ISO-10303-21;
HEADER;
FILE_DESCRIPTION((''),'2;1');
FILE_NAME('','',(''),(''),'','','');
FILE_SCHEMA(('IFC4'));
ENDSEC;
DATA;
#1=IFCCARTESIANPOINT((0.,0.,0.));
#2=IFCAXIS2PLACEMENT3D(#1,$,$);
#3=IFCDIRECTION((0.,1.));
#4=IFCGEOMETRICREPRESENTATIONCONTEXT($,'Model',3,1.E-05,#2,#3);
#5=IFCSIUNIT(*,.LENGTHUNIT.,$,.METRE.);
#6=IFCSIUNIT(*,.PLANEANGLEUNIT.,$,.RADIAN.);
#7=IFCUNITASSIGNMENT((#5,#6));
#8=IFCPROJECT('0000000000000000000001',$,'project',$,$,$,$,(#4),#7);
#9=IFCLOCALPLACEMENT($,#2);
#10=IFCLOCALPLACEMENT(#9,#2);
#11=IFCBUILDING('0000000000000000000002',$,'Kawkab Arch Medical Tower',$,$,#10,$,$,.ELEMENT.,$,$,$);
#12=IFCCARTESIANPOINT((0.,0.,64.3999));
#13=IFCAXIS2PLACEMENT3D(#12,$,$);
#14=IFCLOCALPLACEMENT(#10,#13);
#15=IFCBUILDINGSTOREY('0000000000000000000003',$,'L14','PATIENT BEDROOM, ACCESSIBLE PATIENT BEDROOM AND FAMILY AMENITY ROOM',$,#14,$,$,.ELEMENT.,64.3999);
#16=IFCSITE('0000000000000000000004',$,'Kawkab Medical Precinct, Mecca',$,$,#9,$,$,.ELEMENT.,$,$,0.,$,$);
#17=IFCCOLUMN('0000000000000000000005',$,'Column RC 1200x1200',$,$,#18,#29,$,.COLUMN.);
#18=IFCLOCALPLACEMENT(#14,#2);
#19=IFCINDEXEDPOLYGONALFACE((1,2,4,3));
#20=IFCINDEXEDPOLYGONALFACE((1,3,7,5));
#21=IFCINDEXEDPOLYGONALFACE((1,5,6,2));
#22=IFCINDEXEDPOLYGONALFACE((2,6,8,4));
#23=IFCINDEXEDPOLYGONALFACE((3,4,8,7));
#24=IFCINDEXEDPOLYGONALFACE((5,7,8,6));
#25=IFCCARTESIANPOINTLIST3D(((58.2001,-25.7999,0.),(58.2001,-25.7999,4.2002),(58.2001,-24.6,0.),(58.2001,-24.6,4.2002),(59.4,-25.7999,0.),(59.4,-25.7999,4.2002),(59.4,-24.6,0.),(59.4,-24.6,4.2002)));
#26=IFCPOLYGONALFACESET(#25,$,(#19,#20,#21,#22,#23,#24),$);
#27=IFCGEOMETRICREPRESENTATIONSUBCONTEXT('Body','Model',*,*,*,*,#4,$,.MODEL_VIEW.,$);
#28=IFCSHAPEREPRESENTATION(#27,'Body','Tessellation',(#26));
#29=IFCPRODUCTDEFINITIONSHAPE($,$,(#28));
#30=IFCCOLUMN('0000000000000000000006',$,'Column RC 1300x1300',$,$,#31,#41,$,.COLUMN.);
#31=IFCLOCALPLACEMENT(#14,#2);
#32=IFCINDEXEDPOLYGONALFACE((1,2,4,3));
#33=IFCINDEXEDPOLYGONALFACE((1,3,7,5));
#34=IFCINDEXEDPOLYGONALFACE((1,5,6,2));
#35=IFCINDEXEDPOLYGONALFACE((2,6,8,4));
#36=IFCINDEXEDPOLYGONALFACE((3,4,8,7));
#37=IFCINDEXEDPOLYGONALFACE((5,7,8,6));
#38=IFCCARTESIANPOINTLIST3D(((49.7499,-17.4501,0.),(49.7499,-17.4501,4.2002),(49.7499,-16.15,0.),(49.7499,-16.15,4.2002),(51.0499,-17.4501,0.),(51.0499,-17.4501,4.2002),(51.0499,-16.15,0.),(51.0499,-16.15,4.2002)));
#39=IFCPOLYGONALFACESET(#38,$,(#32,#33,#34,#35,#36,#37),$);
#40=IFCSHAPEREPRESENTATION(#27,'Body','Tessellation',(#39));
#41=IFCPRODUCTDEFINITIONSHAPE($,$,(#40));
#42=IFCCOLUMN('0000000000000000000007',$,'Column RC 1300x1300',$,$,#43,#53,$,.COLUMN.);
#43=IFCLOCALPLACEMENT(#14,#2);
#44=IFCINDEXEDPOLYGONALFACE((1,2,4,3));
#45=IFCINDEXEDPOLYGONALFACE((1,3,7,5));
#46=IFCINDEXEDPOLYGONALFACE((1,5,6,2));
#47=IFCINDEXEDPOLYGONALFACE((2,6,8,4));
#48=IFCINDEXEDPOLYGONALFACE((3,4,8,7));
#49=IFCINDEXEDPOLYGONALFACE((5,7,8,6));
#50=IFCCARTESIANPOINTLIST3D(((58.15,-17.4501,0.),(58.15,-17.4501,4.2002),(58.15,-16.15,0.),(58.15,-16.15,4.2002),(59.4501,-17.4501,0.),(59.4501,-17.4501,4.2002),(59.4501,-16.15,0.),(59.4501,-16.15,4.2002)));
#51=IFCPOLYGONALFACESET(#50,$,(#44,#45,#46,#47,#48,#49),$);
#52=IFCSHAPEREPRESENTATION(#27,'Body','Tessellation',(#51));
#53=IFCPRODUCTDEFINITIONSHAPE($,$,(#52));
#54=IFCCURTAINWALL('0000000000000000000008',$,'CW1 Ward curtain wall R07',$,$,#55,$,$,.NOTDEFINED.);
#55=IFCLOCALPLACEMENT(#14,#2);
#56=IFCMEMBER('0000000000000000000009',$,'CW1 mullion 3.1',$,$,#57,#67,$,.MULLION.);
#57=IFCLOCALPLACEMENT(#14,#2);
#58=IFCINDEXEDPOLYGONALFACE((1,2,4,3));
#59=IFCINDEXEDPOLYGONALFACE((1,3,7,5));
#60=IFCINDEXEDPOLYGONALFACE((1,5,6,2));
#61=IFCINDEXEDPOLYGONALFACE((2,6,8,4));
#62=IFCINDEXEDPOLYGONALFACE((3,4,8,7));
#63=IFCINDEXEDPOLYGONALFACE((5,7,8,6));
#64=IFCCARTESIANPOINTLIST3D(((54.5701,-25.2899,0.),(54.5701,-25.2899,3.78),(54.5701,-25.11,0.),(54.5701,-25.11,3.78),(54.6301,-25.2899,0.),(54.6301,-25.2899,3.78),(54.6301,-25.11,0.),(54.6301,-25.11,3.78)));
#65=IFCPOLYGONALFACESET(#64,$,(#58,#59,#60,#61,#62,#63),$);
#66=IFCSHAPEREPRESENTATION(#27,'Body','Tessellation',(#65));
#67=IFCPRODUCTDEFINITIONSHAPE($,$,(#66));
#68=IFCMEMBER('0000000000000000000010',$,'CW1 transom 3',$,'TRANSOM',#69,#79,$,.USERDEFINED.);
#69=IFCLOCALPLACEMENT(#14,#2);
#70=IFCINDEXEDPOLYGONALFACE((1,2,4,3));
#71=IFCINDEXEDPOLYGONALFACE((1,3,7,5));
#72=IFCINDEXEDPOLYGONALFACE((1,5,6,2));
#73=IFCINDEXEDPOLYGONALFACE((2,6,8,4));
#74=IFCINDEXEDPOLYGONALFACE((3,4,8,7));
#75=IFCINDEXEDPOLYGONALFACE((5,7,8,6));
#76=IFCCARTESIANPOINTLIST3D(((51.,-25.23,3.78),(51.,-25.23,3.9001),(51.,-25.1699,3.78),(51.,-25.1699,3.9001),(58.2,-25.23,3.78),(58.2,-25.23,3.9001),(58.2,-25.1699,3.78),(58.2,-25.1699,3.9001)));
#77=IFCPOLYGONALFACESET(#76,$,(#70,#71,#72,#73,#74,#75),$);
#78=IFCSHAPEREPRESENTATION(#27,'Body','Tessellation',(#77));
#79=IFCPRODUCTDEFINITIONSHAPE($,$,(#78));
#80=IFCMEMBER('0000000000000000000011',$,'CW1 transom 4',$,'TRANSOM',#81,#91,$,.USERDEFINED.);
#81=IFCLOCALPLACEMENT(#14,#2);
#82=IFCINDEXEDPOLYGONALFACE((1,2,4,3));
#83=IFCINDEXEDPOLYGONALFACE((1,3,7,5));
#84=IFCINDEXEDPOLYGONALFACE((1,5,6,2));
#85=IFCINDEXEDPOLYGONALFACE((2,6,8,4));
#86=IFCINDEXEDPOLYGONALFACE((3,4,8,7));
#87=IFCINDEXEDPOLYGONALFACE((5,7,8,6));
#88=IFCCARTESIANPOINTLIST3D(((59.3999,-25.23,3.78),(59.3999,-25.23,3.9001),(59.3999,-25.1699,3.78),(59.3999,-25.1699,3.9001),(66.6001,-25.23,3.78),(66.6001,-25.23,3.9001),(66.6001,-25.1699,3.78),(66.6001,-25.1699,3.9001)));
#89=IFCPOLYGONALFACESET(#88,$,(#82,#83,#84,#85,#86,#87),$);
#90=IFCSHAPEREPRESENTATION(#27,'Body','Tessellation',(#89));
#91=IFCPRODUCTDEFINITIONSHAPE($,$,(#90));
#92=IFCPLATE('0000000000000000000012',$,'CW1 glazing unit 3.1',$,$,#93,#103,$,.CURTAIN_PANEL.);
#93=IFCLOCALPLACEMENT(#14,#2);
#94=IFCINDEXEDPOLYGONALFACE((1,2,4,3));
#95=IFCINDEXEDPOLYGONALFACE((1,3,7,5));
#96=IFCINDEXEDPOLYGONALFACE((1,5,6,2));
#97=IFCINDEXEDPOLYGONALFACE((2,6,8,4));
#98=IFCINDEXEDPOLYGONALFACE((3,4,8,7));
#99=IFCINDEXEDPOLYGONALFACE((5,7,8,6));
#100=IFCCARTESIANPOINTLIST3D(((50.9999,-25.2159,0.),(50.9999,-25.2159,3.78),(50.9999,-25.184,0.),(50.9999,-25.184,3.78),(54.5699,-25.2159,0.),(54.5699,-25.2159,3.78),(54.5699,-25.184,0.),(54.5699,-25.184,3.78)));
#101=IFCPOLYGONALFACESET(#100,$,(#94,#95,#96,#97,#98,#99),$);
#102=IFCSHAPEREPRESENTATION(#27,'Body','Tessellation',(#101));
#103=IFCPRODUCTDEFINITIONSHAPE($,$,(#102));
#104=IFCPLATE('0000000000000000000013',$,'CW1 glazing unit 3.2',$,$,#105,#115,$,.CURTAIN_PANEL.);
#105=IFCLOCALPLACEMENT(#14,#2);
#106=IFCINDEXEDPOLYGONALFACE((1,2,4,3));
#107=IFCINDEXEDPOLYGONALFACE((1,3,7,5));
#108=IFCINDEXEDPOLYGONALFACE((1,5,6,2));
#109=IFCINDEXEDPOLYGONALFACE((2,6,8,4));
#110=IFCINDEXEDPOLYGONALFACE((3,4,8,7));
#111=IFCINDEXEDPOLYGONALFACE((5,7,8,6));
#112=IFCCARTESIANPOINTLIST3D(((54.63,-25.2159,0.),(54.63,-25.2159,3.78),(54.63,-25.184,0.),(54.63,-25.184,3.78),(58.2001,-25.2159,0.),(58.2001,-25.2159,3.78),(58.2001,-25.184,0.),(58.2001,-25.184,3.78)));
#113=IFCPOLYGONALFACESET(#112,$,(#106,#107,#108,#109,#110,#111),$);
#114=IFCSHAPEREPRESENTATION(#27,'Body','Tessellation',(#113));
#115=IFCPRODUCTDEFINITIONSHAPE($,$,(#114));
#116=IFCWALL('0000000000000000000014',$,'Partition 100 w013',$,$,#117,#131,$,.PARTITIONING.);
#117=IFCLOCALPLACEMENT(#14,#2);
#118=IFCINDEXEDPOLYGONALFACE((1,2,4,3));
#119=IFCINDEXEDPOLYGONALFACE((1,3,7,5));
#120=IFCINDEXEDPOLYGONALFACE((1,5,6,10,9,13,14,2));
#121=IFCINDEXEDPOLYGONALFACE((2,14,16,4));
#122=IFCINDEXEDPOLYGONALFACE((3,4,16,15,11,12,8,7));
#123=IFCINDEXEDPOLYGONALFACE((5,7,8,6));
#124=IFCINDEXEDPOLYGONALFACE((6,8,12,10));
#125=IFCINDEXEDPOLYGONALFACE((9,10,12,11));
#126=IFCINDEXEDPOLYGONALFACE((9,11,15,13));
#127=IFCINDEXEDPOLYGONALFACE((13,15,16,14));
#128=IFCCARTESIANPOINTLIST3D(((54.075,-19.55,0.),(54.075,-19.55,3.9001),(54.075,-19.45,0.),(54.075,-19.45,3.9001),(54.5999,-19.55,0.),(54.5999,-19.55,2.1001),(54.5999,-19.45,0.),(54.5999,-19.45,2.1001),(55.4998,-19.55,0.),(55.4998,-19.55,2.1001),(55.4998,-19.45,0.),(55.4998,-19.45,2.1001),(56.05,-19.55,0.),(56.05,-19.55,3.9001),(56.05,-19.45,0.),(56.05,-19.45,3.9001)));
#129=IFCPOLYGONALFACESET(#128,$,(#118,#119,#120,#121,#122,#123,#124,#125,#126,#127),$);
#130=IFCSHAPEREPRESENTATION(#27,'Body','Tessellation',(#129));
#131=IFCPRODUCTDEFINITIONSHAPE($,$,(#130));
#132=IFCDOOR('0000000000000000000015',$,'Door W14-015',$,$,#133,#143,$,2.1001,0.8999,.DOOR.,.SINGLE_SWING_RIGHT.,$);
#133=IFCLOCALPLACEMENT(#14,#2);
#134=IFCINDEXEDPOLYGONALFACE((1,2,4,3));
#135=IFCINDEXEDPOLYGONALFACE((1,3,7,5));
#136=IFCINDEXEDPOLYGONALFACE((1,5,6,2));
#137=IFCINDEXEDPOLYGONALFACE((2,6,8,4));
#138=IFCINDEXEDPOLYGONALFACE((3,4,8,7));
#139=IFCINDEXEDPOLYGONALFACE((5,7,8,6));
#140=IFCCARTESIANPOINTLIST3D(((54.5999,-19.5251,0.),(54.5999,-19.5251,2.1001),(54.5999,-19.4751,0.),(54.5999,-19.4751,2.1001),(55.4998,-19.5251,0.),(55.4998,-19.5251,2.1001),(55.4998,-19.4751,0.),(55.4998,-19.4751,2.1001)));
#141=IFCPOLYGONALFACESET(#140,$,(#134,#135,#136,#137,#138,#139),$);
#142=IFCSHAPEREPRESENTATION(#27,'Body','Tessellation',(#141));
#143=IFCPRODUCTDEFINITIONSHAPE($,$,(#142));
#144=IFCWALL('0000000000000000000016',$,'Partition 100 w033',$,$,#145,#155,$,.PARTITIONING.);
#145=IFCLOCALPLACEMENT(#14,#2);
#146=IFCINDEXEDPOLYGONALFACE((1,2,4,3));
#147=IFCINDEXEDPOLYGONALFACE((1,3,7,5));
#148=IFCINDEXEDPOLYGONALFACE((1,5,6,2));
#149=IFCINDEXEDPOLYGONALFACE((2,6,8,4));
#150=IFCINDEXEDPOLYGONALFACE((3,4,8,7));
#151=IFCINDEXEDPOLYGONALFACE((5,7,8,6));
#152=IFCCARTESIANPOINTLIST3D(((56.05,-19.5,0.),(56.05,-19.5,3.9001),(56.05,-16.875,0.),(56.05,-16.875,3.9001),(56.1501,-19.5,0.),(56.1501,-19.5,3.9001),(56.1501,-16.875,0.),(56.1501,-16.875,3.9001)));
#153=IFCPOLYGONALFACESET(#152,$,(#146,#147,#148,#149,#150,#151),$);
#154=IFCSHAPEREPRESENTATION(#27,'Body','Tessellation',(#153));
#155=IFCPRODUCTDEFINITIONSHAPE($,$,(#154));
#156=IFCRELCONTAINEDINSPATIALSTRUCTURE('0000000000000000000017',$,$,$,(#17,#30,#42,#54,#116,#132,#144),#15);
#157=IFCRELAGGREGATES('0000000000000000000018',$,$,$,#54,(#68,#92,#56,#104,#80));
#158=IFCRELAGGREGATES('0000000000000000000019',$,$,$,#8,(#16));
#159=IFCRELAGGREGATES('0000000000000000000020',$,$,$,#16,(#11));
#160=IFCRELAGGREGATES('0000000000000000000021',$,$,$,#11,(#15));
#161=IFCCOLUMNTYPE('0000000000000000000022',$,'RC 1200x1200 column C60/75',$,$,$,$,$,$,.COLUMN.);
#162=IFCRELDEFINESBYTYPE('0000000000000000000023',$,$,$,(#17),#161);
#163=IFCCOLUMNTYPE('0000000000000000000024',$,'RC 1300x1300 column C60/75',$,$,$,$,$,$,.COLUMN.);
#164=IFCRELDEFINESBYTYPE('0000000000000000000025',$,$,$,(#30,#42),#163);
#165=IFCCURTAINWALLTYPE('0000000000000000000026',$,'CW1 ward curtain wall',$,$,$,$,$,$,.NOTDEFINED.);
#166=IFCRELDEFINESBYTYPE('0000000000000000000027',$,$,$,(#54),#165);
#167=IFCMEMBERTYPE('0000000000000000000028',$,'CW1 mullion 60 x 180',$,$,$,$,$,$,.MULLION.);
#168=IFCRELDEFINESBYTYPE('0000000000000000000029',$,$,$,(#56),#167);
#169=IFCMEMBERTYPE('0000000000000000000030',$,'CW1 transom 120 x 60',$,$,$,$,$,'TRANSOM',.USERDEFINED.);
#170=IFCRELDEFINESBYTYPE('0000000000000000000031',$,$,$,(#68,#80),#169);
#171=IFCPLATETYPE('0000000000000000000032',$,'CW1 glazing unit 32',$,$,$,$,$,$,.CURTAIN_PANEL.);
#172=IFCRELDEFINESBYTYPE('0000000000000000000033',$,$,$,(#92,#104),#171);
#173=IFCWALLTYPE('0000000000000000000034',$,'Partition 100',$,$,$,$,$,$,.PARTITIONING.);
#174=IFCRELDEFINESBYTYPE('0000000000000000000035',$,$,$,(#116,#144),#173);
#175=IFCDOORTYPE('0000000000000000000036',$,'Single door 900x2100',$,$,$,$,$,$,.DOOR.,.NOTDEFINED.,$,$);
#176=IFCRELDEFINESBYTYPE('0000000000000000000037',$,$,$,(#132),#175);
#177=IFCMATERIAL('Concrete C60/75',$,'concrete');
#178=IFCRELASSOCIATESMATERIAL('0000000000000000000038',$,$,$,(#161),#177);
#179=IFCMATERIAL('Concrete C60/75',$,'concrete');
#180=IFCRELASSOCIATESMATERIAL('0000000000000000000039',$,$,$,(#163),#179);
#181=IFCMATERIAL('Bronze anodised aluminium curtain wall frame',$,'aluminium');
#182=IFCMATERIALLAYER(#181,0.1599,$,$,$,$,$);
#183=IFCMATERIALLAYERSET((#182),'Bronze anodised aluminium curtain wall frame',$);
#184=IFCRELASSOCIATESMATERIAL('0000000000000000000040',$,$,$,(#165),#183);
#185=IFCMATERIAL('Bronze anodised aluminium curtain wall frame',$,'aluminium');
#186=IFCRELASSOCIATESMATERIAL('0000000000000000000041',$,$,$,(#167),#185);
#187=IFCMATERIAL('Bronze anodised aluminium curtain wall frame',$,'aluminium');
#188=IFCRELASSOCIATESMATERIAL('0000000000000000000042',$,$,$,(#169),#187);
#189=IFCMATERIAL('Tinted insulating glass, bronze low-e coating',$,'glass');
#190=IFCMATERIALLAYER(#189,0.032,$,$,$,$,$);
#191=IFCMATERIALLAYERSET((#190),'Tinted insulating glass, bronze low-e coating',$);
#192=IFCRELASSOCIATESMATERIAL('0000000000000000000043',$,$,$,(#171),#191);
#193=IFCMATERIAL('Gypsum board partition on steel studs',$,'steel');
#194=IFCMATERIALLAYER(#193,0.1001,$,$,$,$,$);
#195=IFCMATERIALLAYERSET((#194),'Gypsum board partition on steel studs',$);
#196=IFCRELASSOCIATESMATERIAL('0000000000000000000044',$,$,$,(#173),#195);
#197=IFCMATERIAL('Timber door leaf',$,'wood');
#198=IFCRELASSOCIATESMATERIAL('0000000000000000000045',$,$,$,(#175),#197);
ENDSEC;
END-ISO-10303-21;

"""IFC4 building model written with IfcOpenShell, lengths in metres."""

from ifc_helpers import new_model, si_unit, direction, frame, frame_2d, origin, origin_2d, place, context, subcontext, project, spatial, rectangle, extrude, material, layer, layer_set, material_profile, profile_set, type_object, element, fill, aggregate, save


model = new_model("IFC4")

# Units and contexts
model_context = context("Model", 3, precision=1e-05, world=origin(), true_north=direction((0.0, 1.0)))
body_context = subcontext(model_context, "Body", "Model", "MODEL_VIEW")
ifc_project = project(units=[si_unit("LENGTHUNIT", "METRE"), si_unit("PLANEANGLEUNIT", "RADIAN")], contexts=[model_context])

# Site, building, storey
site_placement = place(None, origin())
site = spatial("IfcSite", under=ifc_project, at=site_placement, Name="Kawkab Medical Precinct, Mecca", CompositionType="ELEMENT", RefElevation=0.0)
building_placement = place(site_placement, origin())
building = spatial("IfcBuilding", under=site, at=building_placement, Name="Kawkab Arch Medical Tower", CompositionType="ELEMENT")
storey_placement = place(building_placement, frame((0.0, 0.0, 64.3999)))
storey = spatial("IfcBuildingStorey", under=building, at=storey_placement, Name="L14", Description="PATIENT BEDROOM, ACCESSIBLE PATIENT BEDROOM AND FAMILY AMENITY ROOM", CompositionType="ELEMENT", Elevation=64.3999)

# Columns
ifc_material_1 = material(Name="Concrete C60/75", Category="concrete")
ifc_material_profile_1 = material_profile(ifc_material_1, rectangle(XDim=1.2, YDim=1.2, at=origin_2d()), Name="RC 1200x1200")
ifc_profile_set_1 = profile_set([ifc_material_profile_1], Name="Concrete C60/75")
column_type_1 = type_object("IfcColumnType", Name="RC 1200x1200 column C60/75", PredefinedType="COLUMN", material=ifc_profile_set_1)
column_placement = place(storey_placement, frame((58.8, -25.2, 0.0), z_axis=(0.0, 0.0, 1.0), x_axis=(1.0, 0.0, 0.0)))
element("IfcColumn", 1, at=column_placement, inside=storey, type_object=column_type_1, Name="Column RC 1200x1200", PredefinedType="COLUMN", context=body_context, shape_type="SweptSolid", body=[
    extrude(rectangle(XDim=1.2, YDim=1.2, at=origin_2d()), origin(), (0.0, 0.0, 1.0), 4.2002),
])
ifc_material_2 = material(Name="Concrete C60/75", Category="concrete")
ifc_material_profile_2 = material_profile(ifc_material_2, rectangle(XDim=1.3, YDim=1.3, at=origin_2d()), Name="RC 1300x1300")
ifc_profile_set_2 = profile_set([ifc_material_profile_2], Name="Concrete C60/75")
column_type_2 = type_object("IfcColumnType", Name="RC 1300x1300 column C60/75", PredefinedType="COLUMN", material=ifc_profile_set_2)
for number, where, z_axis, x_axis, name in (
    (2, (50.3999, -16.8, 0.0), (0.0, 0.0, 1.0), (1.0, 0.0, 0.0), "Column RC 1300x1300"),
    (3, (58.8, -16.8, 0.0), (0.0, 0.0, 1.0), (1.0, 0.0, 0.0), "Column RC 1300x1300"),
):
    element("IfcColumn", number, at=place(storey_placement, frame(where, z_axis=z_axis, x_axis=x_axis)), inside=storey, type_object=column_type_2, Name=name, PredefinedType="COLUMN", context=body_context, shape_type="SweptSolid", body=[
        extrude(rectangle(XDim=1.3, YDim=1.3, at=origin_2d()), origin(), (0.0, 0.0, 1.0), 4.2002),
    ])

# Curtain wall, members, plates
ifc_material_3 = material(Name="Bronze anodised aluminium curtain wall frame", Category="aluminium")
ifc_layer_1 = layer(ifc_material_3, 0.1599)
ifc_layer_set_1 = layer_set([ifc_layer_1], Name="Bronze anodised aluminium curtain wall frame")
curtain_wall_type = type_object("IfcCurtainWallType", Name="CW1 ward curtain wall", PredefinedType="NOTDEFINED", material=ifc_layer_set_1)
curtain_wall_placement = place(storey_placement, origin())
curtain_wall = element("IfcCurtainWall", 4, at=curtain_wall_placement, inside=storey, type_object=curtain_wall_type, Name="CW1 Ward curtain wall R07", PredefinedType="NOTDEFINED")
ifc_material_4 = material(Name="Bronze anodised aluminium curtain wall frame", Category="aluminium")
ifc_material_profile_3 = material_profile(ifc_material_4, rectangle(XDim=0.1799, YDim=0.0601, at=origin_2d()), Name="AL 60x180")
ifc_profile_set_3 = profile_set([ifc_material_profile_3], Name="Bronze anodised aluminium curtain wall frame")
member_type_1 = type_object("IfcMemberType", Name="CW1 mullion 60 x 180", PredefinedType="MULLION", material=ifc_profile_set_3)
member_1_placement = place(storey_placement, frame((54.6001, -25.2, 0.0), z_axis=(0.0, 0.0, 1.0), x_axis=(0.0, 1.0, 0.0)))
member_1 = element("IfcMember", 5, at=member_1_placement, type_object=member_type_1, Name="CW1 mullion 3.1", PredefinedType="MULLION", context=body_context, shape_type="SweptSolid", body=[
    extrude(rectangle(XDim=0.1799, YDim=0.0601, at=origin_2d()), origin(), (0.0, 0.0, 1.0), 3.78),
])
ifc_material_5 = material(Name="Bronze anodised aluminium curtain wall frame", Category="aluminium")
ifc_material_profile_4 = material_profile(ifc_material_5, rectangle(XDim=0.0601, YDim=0.1201, at=origin_2d()), Name="AL 60x120")
ifc_profile_set_4 = profile_set([ifc_material_profile_4], Name="Bronze anodised aluminium curtain wall frame")
member_type_2 = type_object("IfcMemberType", Name="CW1 transom 120 x 60", ElementType="TRANSOM", PredefinedType="USERDEFINED", material=ifc_profile_set_4)
member_2_placement = place(storey_placement, frame((51.0, -25.2, 3.8401), z_axis=(1.0, 0.0, 0.0), x_axis=(0.0, 1.0, 0.0)))
member_2 = element("IfcMember", 6, at=member_2_placement, type_object=member_type_2, Name="CW1 transom 3", ObjectType="TRANSOM", PredefinedType="USERDEFINED", context=body_context, shape_type="SweptSolid", body=[
    extrude(rectangle(XDim=0.0601, YDim=0.1201, at=origin_2d()), origin(), (0.0, 0.0, 1.0), 7.2),
])
member_3_placement = place(storey_placement, frame((59.3999, -25.2, 3.8401), z_axis=(1.0, 0.0, 0.0), x_axis=(0.0, 1.0, 0.0)))
member_3 = element("IfcMember", 7, at=member_3_placement, type_object=member_type_2, Name="CW1 transom 4", ObjectType="TRANSOM", PredefinedType="USERDEFINED", context=body_context, shape_type="SweptSolid", body=[
    extrude(rectangle(XDim=0.0601, YDim=0.1201, at=origin_2d()), origin(), (0.0, 0.0, 1.0), 7.2002),
])
ifc_material_6 = material(Name="Tinted insulating glass, bronze low-e coating", Category="glass")
ifc_layer_2 = layer(ifc_material_6, 0.032)
ifc_layer_set_2 = layer_set([ifc_layer_2], Name="Tinted insulating glass, bronze low-e coating")
plate_type = type_object("IfcPlateType", Name="CW1 glazing unit 32", PredefinedType="CURTAIN_PANEL", material=ifc_layer_set_2)
plate_1_placement = place(storey_placement, frame((52.7849, -25.2, 0.0), z_axis=(0.0, 0.0, 1.0), x_axis=(1.0, 0.0, 0.0)))
plate_1 = element("IfcPlate", 8, at=plate_1_placement, type_object=plate_type, Name="CW1 glazing unit 3.1", PredefinedType="CURTAIN_PANEL", context=body_context, shape_type="SweptSolid", body=[
    extrude(rectangle(XDim=3.5701, YDim=0.032, at=origin_2d()), origin(), (0.0, 0.0, 1.0), 3.78),
])
plate_2_placement = place(storey_placement, frame((56.415, -25.2, 0.0), z_axis=(0.0, 0.0, 1.0), x_axis=(1.0, 0.0, 0.0)))
plate_2 = element("IfcPlate", 9, at=plate_2_placement, type_object=plate_type, Name="CW1 glazing unit 3.2", PredefinedType="CURTAIN_PANEL", context=body_context, shape_type="SweptSolid", body=[
    extrude(rectangle(XDim=3.5701, YDim=0.032, at=origin_2d()), origin(), (0.0, 0.0, 1.0), 3.78),
])
aggregate(curtain_wall, [member_2, plate_1, member_1, plate_2, member_3])

# Wall, opening, door
ifc_material_7 = material(Name="Gypsum board partition on steel studs", Category="steel")
ifc_layer_3 = layer(ifc_material_7, 0.1001)
ifc_layer_set_3 = layer_set([ifc_layer_3], Name="Gypsum board partition on steel studs")
wall_type_1 = type_object("IfcWallType", Name="Partition 100", PredefinedType="PARTITIONING", material=ifc_layer_set_3)
wall_1_placement = place(storey_placement, frame((54.075, -19.5, 0.0), z_axis=(0.0, 0.0, 1.0), x_axis=(1.0, 0.0, 0.0)))
wall_1 = element("IfcWall", 10, at=wall_1_placement, inside=storey, type_object=wall_type_1, Name="Partition 100 w013", PredefinedType="PARTITIONING", context=body_context, shape_type="SweptSolid", body=[
    extrude(rectangle(XDim=1.9751, YDim=0.1001, at=frame_2d((0.9875, 0.0))), origin(), (0.0, 0.0, 1.0), 3.9001),
])
opening_1_placement = place(wall_1_placement, frame((0.5249, 0.0, 0.0)))
opening_1 = element("IfcOpeningElement", 11, at=opening_1_placement, cuts=wall_1, PredefinedType="OPENING", context=body_context, shape_type="SweptSolid", body=[
    extrude(rectangle(XDim=0.8999, YDim=2.1001, at=frame_2d((0.45, 1.05))), frame((0.0, 0.0601, 0.0), z_axis=(0.0, -1.0, 0.0), x_axis=(1.0, 0.0, 0.0)), (0.0, 0.0, 1.0), 0.1201),
])
ifc_material_8 = material(Name="Timber door leaf", Category="wood")
door_type_1 = type_object("IfcDoorType", Name="Single door 900x2100", OperationType="NOTDEFINED", PredefinedType="DOOR", material=ifc_material_8)
door_1_placement = place(opening_1_placement, origin())
door_1 = element("IfcDoor", 12, at=door_1_placement, inside=storey, type_object=door_type_1, Name="Door W14-015", OperationType="SINGLE_SWING_RIGHT", OverallHeight=2.1001, OverallWidth=0.8999, PredefinedType="DOOR", context=body_context, shape_type="SweptSolid", body=[
    extrude(rectangle(XDim=0.8999, YDim=2.1001, at=frame_2d((0.45, 1.05))), frame((0.0, 0.0249, 0.0), z_axis=(0.0, -1.0, 0.0), x_axis=(1.0, 0.0, 0.0)), (0.0, 0.0, 1.0), 0.05),
])
fill(opening_1, door_1)

# Wall
wall_2_placement = place(storey_placement, frame((56.1001, -19.5, 0.0), z_axis=(0.0, 0.0, 1.0), x_axis=(0.0, 1.0, 0.0)))
element("IfcWall", 13, at=wall_2_placement, inside=storey, type_object=wall_type_1, Name="Partition 100 w033", PredefinedType="PARTITIONING", context=body_context, shape_type="SweptSolid", body=[
    extrude(rectangle(XDim=2.625, YDim=0.1001, at=frame_2d((1.3125, 0.0))), origin(), (0.0, 0.0, 1.0), 3.9001),
])

save(model, "model.ifc")
